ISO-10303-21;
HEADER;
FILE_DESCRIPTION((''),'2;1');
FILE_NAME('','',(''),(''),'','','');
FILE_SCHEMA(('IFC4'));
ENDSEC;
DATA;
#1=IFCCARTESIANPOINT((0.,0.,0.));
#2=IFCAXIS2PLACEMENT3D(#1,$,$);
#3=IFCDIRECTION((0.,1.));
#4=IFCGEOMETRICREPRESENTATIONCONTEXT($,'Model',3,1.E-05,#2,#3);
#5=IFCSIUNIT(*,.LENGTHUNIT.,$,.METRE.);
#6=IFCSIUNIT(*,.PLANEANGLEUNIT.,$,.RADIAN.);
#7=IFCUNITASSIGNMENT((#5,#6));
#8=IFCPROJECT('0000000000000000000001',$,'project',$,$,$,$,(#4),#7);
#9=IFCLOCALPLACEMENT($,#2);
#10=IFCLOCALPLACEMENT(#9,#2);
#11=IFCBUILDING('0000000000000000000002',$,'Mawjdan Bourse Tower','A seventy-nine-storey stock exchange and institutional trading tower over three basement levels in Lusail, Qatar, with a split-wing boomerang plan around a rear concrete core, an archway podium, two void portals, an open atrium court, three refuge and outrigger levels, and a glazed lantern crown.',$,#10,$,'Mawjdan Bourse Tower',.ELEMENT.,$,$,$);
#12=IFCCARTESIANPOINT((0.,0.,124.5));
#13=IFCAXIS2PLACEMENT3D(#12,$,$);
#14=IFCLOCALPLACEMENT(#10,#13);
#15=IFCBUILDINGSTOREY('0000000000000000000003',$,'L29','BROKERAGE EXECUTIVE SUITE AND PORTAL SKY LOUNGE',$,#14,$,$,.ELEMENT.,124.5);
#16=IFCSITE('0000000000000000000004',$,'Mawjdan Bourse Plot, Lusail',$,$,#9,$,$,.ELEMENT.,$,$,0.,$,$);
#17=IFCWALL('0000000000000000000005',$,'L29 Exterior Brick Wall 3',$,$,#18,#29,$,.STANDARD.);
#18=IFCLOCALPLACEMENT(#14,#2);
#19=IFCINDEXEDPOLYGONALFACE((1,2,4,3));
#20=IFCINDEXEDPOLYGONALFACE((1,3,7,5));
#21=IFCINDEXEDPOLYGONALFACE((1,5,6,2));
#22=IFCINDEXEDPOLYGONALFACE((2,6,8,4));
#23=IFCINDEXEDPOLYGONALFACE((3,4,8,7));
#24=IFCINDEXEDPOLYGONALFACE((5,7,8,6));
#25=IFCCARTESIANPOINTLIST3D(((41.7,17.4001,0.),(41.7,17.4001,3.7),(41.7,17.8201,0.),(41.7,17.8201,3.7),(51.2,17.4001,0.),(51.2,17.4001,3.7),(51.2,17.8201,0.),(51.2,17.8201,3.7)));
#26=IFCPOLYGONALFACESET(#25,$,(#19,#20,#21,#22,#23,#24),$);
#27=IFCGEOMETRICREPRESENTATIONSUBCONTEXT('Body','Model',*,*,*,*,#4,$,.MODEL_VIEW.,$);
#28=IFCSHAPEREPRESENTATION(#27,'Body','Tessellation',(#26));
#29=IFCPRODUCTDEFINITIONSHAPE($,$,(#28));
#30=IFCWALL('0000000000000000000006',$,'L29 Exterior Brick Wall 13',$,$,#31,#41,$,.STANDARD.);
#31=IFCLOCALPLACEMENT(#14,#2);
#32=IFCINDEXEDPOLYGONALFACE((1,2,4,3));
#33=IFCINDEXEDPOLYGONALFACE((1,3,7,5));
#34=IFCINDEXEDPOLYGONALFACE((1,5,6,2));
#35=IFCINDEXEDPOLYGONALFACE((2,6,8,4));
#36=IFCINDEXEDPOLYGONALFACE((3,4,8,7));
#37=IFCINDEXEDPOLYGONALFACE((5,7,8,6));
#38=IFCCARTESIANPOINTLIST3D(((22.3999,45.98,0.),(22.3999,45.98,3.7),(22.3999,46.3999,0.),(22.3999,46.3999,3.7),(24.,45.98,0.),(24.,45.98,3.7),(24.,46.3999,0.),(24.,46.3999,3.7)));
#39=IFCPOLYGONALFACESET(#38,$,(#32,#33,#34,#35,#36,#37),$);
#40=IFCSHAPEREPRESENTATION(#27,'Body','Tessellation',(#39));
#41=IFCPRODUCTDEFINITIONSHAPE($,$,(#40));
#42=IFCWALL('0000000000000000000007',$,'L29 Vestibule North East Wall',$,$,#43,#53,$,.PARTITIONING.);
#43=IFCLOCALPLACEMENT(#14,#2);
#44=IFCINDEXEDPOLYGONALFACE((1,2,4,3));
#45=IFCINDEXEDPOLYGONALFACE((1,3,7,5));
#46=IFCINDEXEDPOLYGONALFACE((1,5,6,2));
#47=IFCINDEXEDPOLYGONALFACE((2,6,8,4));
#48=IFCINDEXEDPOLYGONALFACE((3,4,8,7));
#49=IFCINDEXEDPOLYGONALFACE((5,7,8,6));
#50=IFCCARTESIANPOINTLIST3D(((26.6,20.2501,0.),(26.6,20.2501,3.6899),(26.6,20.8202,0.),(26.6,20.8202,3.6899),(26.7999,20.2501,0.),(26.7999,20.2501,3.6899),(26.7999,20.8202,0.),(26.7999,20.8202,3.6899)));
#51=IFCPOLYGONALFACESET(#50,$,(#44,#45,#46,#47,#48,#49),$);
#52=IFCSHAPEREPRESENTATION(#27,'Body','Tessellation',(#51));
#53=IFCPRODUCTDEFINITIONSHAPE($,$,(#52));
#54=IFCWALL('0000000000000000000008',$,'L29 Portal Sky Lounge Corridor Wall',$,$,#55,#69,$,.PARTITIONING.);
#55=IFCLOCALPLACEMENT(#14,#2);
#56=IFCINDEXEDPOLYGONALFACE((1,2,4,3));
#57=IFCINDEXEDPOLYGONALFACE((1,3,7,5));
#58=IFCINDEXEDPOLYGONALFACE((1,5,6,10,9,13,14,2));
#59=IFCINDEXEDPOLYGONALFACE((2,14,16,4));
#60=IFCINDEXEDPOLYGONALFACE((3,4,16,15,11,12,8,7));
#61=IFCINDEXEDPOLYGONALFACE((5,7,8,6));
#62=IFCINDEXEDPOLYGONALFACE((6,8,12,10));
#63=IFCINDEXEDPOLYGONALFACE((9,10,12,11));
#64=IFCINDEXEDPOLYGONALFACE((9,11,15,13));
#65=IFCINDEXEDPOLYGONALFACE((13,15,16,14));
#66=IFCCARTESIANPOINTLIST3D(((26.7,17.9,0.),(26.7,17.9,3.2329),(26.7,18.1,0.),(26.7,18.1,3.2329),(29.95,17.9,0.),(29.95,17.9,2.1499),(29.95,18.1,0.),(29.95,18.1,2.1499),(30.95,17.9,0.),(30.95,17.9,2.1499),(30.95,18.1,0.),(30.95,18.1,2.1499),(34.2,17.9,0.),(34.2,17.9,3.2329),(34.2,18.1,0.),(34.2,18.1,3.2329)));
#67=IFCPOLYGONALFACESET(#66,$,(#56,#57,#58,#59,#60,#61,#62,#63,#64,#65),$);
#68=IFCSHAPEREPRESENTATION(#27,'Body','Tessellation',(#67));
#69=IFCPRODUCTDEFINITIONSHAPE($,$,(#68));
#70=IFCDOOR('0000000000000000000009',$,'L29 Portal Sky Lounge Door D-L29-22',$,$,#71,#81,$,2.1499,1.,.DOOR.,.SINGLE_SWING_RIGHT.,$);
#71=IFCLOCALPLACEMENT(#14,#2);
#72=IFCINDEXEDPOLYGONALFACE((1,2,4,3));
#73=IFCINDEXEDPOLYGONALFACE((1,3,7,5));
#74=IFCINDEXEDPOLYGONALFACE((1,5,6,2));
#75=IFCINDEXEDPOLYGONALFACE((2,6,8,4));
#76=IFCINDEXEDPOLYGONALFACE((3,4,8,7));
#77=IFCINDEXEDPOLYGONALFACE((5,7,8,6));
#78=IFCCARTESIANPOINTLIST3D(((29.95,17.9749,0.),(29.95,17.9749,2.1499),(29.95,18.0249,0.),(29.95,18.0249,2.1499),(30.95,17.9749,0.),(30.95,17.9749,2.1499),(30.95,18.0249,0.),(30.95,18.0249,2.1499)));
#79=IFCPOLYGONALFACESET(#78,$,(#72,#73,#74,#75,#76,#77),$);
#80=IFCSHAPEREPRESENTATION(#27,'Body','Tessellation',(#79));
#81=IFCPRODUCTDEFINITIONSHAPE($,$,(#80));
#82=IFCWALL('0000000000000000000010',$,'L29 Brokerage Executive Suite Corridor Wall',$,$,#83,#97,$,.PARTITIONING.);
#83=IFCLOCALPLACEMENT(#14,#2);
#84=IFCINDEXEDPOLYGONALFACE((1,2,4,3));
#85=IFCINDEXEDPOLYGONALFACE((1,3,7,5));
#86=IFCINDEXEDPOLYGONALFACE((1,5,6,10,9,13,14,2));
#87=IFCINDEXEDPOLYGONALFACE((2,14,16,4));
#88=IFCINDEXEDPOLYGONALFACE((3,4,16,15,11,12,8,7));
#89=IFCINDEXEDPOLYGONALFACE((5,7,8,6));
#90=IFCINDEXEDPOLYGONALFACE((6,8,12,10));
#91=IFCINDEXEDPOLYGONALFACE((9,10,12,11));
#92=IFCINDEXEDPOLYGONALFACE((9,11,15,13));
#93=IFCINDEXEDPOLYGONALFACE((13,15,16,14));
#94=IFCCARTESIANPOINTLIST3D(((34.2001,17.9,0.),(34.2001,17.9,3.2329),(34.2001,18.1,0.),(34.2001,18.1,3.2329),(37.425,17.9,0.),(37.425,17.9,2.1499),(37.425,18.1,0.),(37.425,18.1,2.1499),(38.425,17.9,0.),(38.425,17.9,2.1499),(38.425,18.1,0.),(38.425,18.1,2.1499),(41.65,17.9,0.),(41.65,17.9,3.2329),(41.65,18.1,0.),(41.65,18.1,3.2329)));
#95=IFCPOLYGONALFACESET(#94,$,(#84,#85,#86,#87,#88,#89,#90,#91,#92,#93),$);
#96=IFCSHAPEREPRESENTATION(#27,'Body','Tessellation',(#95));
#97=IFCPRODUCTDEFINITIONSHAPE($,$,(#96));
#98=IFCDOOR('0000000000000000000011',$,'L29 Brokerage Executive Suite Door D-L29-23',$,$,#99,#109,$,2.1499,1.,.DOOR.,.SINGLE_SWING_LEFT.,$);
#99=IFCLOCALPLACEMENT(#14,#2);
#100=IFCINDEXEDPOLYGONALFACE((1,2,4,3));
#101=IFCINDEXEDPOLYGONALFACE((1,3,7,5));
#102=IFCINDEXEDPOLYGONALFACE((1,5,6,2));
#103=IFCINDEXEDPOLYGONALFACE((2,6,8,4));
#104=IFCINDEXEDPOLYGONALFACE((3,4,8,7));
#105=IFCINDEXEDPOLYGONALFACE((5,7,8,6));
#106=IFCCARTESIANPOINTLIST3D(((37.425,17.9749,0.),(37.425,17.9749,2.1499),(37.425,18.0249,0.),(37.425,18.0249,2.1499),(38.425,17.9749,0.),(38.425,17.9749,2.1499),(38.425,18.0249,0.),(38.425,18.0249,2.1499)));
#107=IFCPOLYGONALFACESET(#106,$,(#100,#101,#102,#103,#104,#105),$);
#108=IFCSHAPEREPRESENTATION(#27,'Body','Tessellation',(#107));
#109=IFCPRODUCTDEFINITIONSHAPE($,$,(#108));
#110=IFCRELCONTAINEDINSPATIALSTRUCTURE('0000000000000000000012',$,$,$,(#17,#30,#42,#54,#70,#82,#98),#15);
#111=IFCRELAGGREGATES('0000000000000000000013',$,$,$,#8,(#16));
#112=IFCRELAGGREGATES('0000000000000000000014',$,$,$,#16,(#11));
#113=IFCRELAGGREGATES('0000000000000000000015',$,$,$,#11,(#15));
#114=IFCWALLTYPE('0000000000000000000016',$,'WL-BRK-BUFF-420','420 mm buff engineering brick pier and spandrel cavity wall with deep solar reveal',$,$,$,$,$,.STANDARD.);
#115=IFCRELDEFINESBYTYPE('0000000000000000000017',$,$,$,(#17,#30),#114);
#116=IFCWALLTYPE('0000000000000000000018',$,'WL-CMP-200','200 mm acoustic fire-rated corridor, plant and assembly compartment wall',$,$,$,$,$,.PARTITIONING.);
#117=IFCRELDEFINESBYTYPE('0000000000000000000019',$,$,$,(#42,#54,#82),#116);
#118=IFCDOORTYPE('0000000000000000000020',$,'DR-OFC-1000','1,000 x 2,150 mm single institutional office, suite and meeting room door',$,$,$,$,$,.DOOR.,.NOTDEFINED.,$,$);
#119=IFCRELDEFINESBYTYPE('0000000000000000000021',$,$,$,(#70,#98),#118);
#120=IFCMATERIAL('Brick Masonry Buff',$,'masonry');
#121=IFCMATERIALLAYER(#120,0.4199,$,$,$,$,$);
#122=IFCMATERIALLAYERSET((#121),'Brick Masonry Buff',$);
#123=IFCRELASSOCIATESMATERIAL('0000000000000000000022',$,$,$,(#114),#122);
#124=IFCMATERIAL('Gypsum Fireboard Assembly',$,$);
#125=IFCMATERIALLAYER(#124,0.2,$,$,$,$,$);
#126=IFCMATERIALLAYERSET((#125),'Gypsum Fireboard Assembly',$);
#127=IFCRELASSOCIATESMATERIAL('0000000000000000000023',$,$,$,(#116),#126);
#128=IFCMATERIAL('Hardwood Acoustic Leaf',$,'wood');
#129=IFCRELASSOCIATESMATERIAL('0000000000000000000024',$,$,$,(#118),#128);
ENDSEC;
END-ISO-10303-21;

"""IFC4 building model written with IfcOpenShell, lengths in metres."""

from ifc_helpers import new_model, si_unit, direction, frame, frame_2d, origin, place, context, subcontext, project, spatial, rectangle, extrude, material, layer, layer_set, type_object, element, fill, save


model = new_model("IFC4")

# Units and contexts
model_context = context("Model", 3, precision=1e-05, world=origin(), true_north=direction((0.0, 1.0)))
body_context = subcontext(model_context, "Body", "Model", "MODEL_VIEW")
ifc_project = project(units=[si_unit("LENGTHUNIT", "METRE"), si_unit("PLANEANGLEUNIT", "RADIAN")], contexts=[model_context])

# Site, building, storey
site_placement = place(None, origin())
site = spatial("IfcSite", under=ifc_project, at=site_placement, Name="Mawjdan Bourse Plot, Lusail", CompositionType="ELEMENT", RefElevation=0.0)
building_placement = place(site_placement, origin())
building = spatial("IfcBuilding", under=site, at=building_placement, Name="Mawjdan Bourse Tower", Description="A seventy-nine-storey stock exchange and institutional trading tower over three basement levels in Lusail, Qatar, with a split-wing boomerang plan around a rear concrete core, an archway podium, two void portals, an open atrium court, three refuge and outrigger levels, and a glazed lantern crown.", LongName="Mawjdan Bourse Tower", CompositionType="ELEMENT")
storey_placement = place(building_placement, frame((0.0, 0.0, 124.5)))
storey = spatial("IfcBuildingStorey", under=building, at=storey_placement, Name="L29", Description="BROKERAGE EXECUTIVE SUITE AND PORTAL SKY LOUNGE", CompositionType="ELEMENT", Elevation=124.5)

# Walls
ifc_material_1 = material(Name="Brick Masonry Buff", Category="masonry")
ifc_layer_1 = layer(ifc_material_1, 0.4199)
ifc_layer_set_1 = layer_set([ifc_layer_1], Name="Brick Masonry Buff")
wall_type_1 = type_object("IfcWallType", Name="WL-BRK-BUFF-420", Description="420 mm buff engineering brick pier and spandrel cavity wall with deep solar reveal", PredefinedType="STANDARD", material=ifc_layer_set_1)
wall_1_placement = place(storey_placement, frame((41.7, 17.6101, 0.0), z_axis=(0.0, 0.0, 1.0), x_axis=(1.0, 0.0, 0.0)))
element("IfcWall", 1, at=wall_1_placement, inside=storey, type_object=wall_type_1, Name="L29 Exterior Brick Wall 3", PredefinedType="STANDARD", context=body_context, shape_type="SweptSolid", body=[
    extrude(rectangle(XDim=9.5, YDim=0.4199, at=frame_2d((4.75, 0.0))), origin(), (0.0, 0.0, 1.0), 3.7),
])
wall_2_placement = place(storey_placement, frame((24.0, 46.1899, 0.0), z_axis=(0.0, 0.0, 1.0), x_axis=(-1.0, 0.0, 0.0)))
element("IfcWall", 2, at=wall_2_placement, inside=storey, type_object=wall_type_1, Name="L29 Exterior Brick Wall 13", PredefinedType="STANDARD", context=body_context, shape_type="SweptSolid", body=[
    extrude(rectangle(XDim=1.6001, YDim=0.4199, at=frame_2d((0.8, 0.0))), origin(), (0.0, 0.0, 1.0), 3.7),
])
ifc_material_2 = material(Name="Gypsum Fireboard Assembly")
ifc_layer_2 = layer(ifc_material_2, 0.2)
ifc_layer_set_2 = layer_set([ifc_layer_2], Name="Gypsum Fireboard Assembly")
wall_type_2 = type_object("IfcWallType", Name="WL-CMP-200", Description="200 mm acoustic fire-rated corridor, plant and assembly compartment wall", PredefinedType="PARTITIONING", material=ifc_layer_set_2)
wall_3_placement = place(storey_placement, frame((26.7, 20.25, 0.0), z_axis=(0.0, 0.0, 1.0), x_axis=(0.0, 1.0, 0.0)))
element("IfcWall", 3, at=wall_3_placement, inside=storey, type_object=wall_type_2, Name="L29 Vestibule North East Wall", PredefinedType="PARTITIONING", context=body_context, shape_type="SweptSolid", body=[
    extrude(rectangle(XDim=0.5701, YDim=0.2, at=frame_2d((0.2852, 0.0))), origin(), (0.0, 0.0, 1.0), 3.6899),
])

# Walls, openings, doors
wall_4_placement = place(storey_placement, frame((26.7, 18.0, 0.0), z_axis=(0.0, 0.0, 1.0), x_axis=(1.0, 0.0, 0.0)))
wall_4 = element("IfcWall", 4, at=wall_4_placement, inside=storey, type_object=wall_type_2, Name="L29 Portal Sky Lounge Corridor Wall", PredefinedType="PARTITIONING", context=body_context, shape_type="SweptSolid", body=[
    extrude(rectangle(XDim=7.5, YDim=0.2, at=frame_2d((3.75, 0.0))), origin(), (0.0, 0.0, 1.0), 3.2329),
])
opening_1_placement = place(wall_4_placement, frame((3.25, 0.0, 0.0)))
opening_1 = element("IfcOpeningElement", 5, at=opening_1_placement, cuts=wall_4, PredefinedType="OPENING", context=body_context, shape_type="SweptSolid", body=[
    extrude(rectangle(XDim=1.0, YDim=2.1499, at=frame_2d((0.5, 1.075))), frame((0.0, 0.1099, 0.0), z_axis=(0.0, -1.0, 0.0), x_axis=(1.0, 0.0, 0.0)), (0.0, 0.0, 1.0), 0.22),
])
ifc_material_3 = material(Name="Hardwood Acoustic Leaf", Category="wood")
door_type = type_object("IfcDoorType", Name="DR-OFC-1000", Description="1,000 x 2,150 mm single institutional office, suite and meeting room door", OperationType="NOTDEFINED", PredefinedType="DOOR", material=ifc_material_3)
door_1_placement = place(opening_1_placement, origin())
door_1 = element("IfcDoor", 6, at=door_1_placement, inside=storey, type_object=door_type, Name="L29 Portal Sky Lounge Door D-L29-22", OperationType="SINGLE_SWING_RIGHT", OverallHeight=2.1499, OverallWidth=1.0, PredefinedType="DOOR", context=body_context, shape_type="SweptSolid", body=[
    extrude(rectangle(XDim=1.0, YDim=2.1499, at=frame_2d((0.5, 1.075))), frame((0.0, 0.0249, 0.0), z_axis=(0.0, -1.0, 0.0), x_axis=(1.0, 0.0, 0.0)), (0.0, 0.0, 1.0), 0.05),
])
fill(opening_1, door_1)
wall_5_placement = place(storey_placement, frame((34.2, 18.0, 0.0), z_axis=(0.0, 0.0, 1.0), x_axis=(1.0, 0.0, 0.0)))
wall_5 = element("IfcWall", 7, at=wall_5_placement, inside=storey, type_object=wall_type_2, Name="L29 Brokerage Executive Suite Corridor Wall", PredefinedType="PARTITIONING", context=body_context, shape_type="SweptSolid", body=[
    extrude(rectangle(XDim=7.45, YDim=0.2, at=frame_2d((3.7251, 0.0))), origin(), (0.0, 0.0, 1.0), 3.2329),
])
opening_2_placement = place(wall_5_placement, frame((3.2251, 0.0, 0.0)))
opening_2 = element("IfcOpeningElement", 8, at=opening_2_placement, cuts=wall_5, PredefinedType="OPENING", context=body_context, shape_type="SweptSolid", body=[
    extrude(rectangle(XDim=1.0, YDim=2.1499, at=frame_2d((0.5, 1.075))), frame((0.0, 0.1099, 0.0), z_axis=(0.0, -1.0, 0.0), x_axis=(1.0, 0.0, 0.0)), (0.0, 0.0, 1.0), 0.22),
])
door_2_placement = place(opening_2_placement, origin())
door_2 = element("IfcDoor", 9, at=door_2_placement, inside=storey, type_object=door_type, Name="L29 Brokerage Executive Suite Door D-L29-23", OperationType="SINGLE_SWING_LEFT", OverallHeight=2.1499, OverallWidth=1.0, PredefinedType="DOOR", context=body_context, shape_type="SweptSolid", body=[
    extrude(rectangle(XDim=1.0, YDim=2.1499, at=frame_2d((0.5, 1.075))), frame((0.0, 0.0249, 0.0), z_axis=(0.0, -1.0, 0.0), x_axis=(1.0, 0.0, 0.0)), (0.0, 0.0, 1.0), 0.05),
])
fill(opening_2, door_2)

save(model, "model.ifc")
